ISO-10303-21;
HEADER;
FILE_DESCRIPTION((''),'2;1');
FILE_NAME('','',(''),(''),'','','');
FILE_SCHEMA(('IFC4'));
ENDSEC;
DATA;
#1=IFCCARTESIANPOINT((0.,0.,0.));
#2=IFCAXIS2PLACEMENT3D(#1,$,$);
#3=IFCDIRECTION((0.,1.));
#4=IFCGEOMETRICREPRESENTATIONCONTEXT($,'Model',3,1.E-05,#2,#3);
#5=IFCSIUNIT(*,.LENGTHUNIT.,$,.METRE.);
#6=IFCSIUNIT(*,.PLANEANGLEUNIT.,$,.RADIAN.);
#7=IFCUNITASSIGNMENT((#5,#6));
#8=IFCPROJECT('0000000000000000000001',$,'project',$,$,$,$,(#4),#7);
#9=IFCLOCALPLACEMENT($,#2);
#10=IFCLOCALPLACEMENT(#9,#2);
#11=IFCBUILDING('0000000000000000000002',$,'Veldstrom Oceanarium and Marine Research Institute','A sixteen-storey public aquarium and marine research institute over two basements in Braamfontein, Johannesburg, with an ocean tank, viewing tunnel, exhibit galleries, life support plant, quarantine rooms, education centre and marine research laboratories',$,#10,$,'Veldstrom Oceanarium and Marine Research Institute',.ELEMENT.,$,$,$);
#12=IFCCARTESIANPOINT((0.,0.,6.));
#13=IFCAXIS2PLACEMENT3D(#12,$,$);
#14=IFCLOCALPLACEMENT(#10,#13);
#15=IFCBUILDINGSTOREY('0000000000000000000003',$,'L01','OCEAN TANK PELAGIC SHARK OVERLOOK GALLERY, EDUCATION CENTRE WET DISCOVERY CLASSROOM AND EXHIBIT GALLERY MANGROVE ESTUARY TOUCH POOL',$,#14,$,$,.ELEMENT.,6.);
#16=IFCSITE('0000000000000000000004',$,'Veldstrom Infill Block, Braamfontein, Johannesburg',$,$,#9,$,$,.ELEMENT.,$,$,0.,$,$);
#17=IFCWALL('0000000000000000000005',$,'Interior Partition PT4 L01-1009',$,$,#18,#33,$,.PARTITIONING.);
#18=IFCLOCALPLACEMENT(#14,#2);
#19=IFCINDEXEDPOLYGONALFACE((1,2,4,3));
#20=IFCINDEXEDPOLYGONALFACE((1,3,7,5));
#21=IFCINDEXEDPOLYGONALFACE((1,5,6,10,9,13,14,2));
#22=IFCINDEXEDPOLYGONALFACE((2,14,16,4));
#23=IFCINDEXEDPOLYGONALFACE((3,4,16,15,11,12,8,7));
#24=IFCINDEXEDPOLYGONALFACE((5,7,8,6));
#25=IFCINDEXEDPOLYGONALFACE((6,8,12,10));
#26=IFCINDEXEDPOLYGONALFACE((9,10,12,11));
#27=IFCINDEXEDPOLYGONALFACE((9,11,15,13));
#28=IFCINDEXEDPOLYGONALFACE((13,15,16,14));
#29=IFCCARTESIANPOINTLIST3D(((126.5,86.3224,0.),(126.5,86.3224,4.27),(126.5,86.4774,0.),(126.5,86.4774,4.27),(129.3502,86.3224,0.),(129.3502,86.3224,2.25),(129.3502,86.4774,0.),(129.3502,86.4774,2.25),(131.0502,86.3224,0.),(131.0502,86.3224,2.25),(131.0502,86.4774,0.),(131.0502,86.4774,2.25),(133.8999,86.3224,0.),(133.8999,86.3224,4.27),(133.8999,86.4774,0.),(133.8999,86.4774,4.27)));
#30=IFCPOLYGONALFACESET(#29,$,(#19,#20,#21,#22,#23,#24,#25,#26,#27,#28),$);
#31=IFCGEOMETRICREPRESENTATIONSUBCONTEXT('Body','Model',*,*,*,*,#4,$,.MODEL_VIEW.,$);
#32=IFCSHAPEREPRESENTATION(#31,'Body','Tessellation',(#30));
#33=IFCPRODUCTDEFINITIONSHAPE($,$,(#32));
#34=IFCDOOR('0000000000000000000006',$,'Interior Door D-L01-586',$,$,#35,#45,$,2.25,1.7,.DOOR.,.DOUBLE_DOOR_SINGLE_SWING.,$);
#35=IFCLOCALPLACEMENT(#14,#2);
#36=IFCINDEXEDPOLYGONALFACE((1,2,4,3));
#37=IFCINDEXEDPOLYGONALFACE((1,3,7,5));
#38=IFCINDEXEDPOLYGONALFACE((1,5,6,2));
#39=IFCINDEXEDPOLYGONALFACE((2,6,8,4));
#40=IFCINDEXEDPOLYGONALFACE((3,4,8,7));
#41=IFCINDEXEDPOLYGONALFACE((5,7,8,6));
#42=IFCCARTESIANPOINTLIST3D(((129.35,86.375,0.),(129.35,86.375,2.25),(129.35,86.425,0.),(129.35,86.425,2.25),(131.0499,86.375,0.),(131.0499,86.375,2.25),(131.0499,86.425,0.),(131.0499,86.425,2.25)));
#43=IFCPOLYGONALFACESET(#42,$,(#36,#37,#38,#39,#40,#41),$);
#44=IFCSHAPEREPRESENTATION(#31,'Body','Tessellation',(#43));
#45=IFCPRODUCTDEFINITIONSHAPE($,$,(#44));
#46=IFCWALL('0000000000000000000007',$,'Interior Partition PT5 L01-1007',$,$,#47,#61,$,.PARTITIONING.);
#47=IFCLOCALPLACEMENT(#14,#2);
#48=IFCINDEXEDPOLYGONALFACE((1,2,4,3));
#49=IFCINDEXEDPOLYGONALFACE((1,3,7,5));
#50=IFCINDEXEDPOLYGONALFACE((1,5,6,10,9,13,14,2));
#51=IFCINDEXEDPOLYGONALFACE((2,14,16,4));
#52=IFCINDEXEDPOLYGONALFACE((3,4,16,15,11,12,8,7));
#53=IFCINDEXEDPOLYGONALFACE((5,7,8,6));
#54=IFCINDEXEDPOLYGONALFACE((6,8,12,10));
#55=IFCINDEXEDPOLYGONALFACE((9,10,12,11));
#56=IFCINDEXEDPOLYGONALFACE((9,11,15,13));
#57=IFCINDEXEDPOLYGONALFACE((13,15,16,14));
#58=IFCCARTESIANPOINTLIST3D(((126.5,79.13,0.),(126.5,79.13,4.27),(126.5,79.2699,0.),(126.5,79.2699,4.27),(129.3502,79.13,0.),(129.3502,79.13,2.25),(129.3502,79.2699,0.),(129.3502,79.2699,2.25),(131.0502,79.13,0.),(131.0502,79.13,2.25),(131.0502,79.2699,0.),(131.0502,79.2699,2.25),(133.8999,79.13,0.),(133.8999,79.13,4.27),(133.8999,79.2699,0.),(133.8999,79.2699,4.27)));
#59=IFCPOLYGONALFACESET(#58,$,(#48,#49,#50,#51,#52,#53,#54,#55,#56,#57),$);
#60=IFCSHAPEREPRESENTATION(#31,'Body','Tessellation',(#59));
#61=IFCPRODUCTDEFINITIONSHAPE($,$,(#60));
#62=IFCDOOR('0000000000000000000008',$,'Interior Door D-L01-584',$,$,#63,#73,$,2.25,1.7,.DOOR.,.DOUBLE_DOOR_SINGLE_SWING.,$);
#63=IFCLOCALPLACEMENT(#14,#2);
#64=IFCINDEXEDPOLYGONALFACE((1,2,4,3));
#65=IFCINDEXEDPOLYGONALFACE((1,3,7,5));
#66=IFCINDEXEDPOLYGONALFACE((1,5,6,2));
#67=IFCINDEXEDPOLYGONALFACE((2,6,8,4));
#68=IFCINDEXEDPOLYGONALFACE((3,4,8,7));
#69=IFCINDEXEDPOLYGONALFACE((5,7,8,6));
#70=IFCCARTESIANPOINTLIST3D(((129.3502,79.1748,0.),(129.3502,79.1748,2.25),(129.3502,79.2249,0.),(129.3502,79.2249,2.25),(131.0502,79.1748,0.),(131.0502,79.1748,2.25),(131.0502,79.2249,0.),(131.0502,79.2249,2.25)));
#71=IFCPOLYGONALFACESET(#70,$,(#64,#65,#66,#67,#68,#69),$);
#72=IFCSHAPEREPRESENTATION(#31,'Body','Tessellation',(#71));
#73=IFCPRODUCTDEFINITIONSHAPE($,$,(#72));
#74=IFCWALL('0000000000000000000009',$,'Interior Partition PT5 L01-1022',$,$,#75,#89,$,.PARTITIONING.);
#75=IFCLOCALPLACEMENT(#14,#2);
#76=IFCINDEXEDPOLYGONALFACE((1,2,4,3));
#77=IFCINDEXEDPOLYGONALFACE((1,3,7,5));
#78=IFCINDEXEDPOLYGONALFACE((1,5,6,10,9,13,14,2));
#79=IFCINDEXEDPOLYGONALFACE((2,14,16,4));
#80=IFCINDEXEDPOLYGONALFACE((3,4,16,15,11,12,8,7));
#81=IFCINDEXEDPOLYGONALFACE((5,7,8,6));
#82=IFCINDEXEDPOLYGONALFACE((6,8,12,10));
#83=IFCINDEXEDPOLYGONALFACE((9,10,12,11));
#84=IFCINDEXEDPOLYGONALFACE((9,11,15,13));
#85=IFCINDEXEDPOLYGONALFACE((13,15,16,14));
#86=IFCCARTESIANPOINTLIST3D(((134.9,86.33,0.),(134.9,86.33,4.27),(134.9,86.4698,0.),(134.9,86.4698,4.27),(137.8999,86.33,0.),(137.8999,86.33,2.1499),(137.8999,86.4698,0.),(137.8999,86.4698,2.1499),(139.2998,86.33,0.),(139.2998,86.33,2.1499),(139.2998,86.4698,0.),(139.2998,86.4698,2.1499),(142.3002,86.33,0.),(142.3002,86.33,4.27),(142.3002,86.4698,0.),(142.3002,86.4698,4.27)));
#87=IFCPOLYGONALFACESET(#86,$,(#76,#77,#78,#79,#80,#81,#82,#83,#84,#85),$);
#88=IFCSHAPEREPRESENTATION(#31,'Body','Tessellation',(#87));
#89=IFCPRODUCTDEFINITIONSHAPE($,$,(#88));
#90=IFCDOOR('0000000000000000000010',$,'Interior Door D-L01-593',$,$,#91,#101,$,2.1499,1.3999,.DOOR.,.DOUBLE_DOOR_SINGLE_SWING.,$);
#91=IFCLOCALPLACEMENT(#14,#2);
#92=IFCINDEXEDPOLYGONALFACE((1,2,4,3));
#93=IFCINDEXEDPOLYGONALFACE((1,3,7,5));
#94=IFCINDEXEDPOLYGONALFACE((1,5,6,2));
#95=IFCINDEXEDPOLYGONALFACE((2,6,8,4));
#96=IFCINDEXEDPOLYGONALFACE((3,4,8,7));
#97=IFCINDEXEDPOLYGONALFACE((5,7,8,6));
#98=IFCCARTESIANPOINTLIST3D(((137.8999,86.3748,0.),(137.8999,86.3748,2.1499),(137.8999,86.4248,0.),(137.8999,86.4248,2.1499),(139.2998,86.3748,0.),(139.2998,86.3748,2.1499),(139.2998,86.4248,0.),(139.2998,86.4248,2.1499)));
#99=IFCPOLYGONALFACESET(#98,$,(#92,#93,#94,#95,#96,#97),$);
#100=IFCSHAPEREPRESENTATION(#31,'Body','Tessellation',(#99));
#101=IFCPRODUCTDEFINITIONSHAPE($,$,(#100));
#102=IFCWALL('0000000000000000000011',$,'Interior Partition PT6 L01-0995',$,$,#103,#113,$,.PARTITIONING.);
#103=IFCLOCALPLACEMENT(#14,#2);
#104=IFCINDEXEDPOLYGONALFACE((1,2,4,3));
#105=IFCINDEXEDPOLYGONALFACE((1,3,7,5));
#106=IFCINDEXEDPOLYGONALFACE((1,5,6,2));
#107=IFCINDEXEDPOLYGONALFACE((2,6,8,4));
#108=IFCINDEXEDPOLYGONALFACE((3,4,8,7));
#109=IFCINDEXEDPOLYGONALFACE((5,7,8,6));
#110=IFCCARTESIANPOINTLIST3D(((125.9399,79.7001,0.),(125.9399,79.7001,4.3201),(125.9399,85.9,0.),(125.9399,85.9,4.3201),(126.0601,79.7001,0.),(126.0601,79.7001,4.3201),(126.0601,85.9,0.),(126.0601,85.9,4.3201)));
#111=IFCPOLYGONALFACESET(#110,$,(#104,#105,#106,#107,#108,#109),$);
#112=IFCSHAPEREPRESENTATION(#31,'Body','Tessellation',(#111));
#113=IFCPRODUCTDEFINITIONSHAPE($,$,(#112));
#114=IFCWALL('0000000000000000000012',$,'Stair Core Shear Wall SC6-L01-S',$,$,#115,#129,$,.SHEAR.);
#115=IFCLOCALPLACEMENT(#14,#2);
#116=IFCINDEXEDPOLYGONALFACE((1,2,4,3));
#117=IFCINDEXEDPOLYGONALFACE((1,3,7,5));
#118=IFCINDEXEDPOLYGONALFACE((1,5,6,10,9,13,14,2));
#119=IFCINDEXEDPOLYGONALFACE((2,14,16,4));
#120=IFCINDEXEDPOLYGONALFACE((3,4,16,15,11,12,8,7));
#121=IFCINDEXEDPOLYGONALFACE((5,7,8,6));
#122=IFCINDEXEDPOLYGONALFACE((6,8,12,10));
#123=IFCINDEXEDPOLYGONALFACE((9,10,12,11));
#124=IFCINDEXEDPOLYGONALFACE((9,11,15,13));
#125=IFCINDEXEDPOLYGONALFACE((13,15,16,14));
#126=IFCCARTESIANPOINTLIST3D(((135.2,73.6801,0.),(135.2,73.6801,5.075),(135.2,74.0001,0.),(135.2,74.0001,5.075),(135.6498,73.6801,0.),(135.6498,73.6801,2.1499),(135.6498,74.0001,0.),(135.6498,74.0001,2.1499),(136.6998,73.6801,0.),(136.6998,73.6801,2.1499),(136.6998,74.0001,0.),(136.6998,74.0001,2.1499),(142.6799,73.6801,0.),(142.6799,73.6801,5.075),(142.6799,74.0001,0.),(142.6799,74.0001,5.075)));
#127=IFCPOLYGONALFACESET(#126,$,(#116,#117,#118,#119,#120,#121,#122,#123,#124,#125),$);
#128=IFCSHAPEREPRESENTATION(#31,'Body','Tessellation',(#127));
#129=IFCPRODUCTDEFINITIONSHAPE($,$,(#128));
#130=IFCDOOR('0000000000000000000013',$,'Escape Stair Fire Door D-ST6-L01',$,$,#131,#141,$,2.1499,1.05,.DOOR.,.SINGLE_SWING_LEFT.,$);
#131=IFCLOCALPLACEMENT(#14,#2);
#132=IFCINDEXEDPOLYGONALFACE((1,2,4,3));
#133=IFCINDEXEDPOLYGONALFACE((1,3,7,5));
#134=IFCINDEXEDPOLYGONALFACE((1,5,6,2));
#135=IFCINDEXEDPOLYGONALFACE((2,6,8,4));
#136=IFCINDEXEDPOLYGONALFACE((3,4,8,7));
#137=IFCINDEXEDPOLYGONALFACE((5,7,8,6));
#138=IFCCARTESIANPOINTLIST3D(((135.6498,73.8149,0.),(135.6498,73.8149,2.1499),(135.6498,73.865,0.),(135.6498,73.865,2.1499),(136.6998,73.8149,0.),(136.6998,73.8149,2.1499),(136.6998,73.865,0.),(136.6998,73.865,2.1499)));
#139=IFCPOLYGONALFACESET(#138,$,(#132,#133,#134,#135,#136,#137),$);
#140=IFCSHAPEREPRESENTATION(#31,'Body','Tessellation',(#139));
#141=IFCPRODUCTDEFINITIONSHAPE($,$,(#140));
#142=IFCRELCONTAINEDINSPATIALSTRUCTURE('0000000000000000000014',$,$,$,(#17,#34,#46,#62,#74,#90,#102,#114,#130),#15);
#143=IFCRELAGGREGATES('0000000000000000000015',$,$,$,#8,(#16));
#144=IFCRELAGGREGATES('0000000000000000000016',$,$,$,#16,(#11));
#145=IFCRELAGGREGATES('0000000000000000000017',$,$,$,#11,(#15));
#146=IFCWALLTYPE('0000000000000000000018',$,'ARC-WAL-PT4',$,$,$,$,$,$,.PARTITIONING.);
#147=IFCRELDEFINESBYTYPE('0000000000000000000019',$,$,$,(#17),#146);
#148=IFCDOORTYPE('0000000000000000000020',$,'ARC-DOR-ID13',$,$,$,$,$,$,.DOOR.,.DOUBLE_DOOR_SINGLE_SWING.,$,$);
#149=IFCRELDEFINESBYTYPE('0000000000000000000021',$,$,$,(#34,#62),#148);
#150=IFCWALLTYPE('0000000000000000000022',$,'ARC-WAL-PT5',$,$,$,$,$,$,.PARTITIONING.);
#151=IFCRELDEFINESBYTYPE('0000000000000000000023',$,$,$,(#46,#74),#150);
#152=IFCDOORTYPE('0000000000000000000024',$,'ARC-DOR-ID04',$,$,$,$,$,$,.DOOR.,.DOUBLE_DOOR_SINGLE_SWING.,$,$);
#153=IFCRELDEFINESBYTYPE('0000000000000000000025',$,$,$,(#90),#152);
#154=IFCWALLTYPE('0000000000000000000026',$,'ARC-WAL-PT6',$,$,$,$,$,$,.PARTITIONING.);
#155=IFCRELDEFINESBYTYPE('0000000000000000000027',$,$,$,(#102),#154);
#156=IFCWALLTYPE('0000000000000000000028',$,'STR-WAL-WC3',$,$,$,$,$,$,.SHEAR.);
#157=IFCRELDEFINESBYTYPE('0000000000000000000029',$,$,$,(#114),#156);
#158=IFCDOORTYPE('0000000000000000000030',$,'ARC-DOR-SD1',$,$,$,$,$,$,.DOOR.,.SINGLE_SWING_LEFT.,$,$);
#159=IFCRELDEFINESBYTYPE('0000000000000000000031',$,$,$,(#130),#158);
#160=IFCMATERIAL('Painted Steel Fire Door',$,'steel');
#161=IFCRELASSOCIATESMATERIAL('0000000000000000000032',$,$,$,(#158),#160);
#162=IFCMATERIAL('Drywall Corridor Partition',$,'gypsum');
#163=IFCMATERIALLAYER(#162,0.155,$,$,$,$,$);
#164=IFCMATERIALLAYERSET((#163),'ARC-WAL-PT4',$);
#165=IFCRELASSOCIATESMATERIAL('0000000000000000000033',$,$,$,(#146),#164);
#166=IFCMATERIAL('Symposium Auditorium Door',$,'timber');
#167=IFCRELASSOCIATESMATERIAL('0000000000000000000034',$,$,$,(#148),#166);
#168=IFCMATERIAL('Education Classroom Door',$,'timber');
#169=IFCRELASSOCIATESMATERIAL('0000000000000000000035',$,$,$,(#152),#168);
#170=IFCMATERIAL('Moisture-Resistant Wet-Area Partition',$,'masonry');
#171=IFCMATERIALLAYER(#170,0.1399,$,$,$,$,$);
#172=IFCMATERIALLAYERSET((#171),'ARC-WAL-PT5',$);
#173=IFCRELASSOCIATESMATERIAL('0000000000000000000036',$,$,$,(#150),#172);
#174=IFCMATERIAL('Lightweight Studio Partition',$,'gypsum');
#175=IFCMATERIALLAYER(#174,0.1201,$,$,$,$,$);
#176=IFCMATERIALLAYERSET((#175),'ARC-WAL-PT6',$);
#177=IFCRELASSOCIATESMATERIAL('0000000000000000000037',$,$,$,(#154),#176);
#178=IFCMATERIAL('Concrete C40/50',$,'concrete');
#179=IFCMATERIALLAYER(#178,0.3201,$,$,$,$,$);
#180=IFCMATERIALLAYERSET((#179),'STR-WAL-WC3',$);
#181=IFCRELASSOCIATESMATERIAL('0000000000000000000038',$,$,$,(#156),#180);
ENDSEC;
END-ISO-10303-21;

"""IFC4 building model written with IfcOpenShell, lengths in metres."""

from ifc_helpers import new_model, si_unit, direction, frame, frame_2d, origin, place, context, subcontext, project, spatial, rectangle, extrude, material, layer, layer_set, type_object, element, fill, save


model = new_model("IFC4")

# Units and contexts
model_context = context("Model", 3, precision=1e-05, world=origin(), true_north=direction((0.0, 1.0)))
body_context = subcontext(model_context, "Body", "Model", "MODEL_VIEW")
ifc_project = project(units=[si_unit("LENGTHUNIT", "METRE"), si_unit("PLANEANGLEUNIT", "RADIAN")], contexts=[model_context])

# Site, building, storey
site_placement = place(None, origin())
site = spatial("IfcSite", under=ifc_project, at=site_placement, Name="Veldstrom Infill Block, Braamfontein, Johannesburg", CompositionType="ELEMENT", RefElevation=0.0)
building_placement = place(site_placement, origin())
building = spatial("IfcBuilding", under=site, at=building_placement, Name="Veldstrom Oceanarium and Marine Research Institute", Description="A sixteen-storey public aquarium and marine research institute over two basements in Braamfontein, Johannesburg, with an ocean tank, viewing tunnel, exhibit galleries, life support plant, quarantine rooms, education centre and marine research laboratories", LongName="Veldstrom Oceanarium and Marine Research Institute", CompositionType="ELEMENT")
storey_placement = place(building_placement, frame((0.0, 0.0, 6.0)))
storey = spatial("IfcBuildingStorey", under=building, at=storey_placement, Name="L01", Description="OCEAN TANK PELAGIC SHARK OVERLOOK GALLERY, EDUCATION CENTRE WET DISCOVERY CLASSROOM AND EXHIBIT GALLERY MANGROVE ESTUARY TOUCH POOL", CompositionType="ELEMENT", Elevation=6.0)

# Shared definitions
ifc_material_1 = material(Name="Painted Steel Fire Door", Category="steel")
door_type_1 = type_object("IfcDoorType", Name="ARC-DOR-SD1", OperationType="SINGLE_SWING_LEFT", PredefinedType="DOOR", material=ifc_material_1)

# Walls, openings, doors
ifc_material_2 = material(Name="Drywall Corridor Partition", Category="gypsum")
ifc_layer_1 = layer(ifc_material_2, 0.155)
ifc_layer_set_1 = layer_set([ifc_layer_1], Name="ARC-WAL-PT4")
wall_type_1 = type_object("IfcWallType", Name="ARC-WAL-PT4", PredefinedType="PARTITIONING", material=ifc_layer_set_1)
ifc_material_3 = material(Name="Symposium Auditorium Door", Category="timber")
door_type_2 = type_object("IfcDoorType", Name="ARC-DOR-ID13", OperationType="DOUBLE_DOOR_SINGLE_SWING", PredefinedType="DOOR", material=ifc_material_3)
ifc_material_4 = material(Name="Education Classroom Door", Category="timber")
door_type_3 = type_object("IfcDoorType", Name="ARC-DOR-ID04", OperationType="DOUBLE_DOOR_SINGLE_SWING", PredefinedType="DOOR", material=ifc_material_4)
wall_1_placement = place(storey_placement, frame((126.5, 86.3999, 0.0), z_axis=(0.0, 0.0, 1.0), x_axis=(1.0, 0.0, 0.0)))
wall_1 = element("IfcWall", 1, at=wall_1_placement, inside=storey, type_object=wall_type_1, Name="Interior Partition PT4 L01-1009", PredefinedType="PARTITIONING", context=body_context, shape_type="SweptSolid", body=[
    extrude(rectangle(XDim=7.3999, YDim=0.155, at=frame_2d((3.7, 0.0))), origin(), (0.0, 0.0, 1.0), 4.27),
])
opening_1_placement = place(wall_1_placement, frame((2.8501, 0.0, 0.0)))
opening_1 = element("IfcOpeningElement", 2, at=opening_1_placement, cuts=wall_1, PredefinedType="OPENING", context=body_context, shape_type="SweptSolid", body=[
    extrude(rectangle(XDim=1.7, YDim=2.25, at=frame_2d((0.8501, 1.125))), frame((0.0, 0.0874, 0.0), z_axis=(0.0, -1.0, 0.0), x_axis=(1.0, 0.0, 0.0)), (0.0, 0.0, 1.0), 0.175),
])
door_1_placement = place(opening_1_placement, frame((1.7, 0.0, 0.0), z_axis=(0.0, 0.0, 1.0), x_axis=(-1.0, 0.0, 0.0)))
door_1 = element("IfcDoor", 3, at=door_1_placement, inside=storey, type_object=door_type_2, Name="Interior Door D-L01-586", OperationType="DOUBLE_DOOR_SINGLE_SWING", OverallHeight=2.25, OverallWidth=1.7, PredefinedType="DOOR", context=body_context, shape_type="SweptSolid", body=[
    extrude(rectangle(XDim=1.7, YDim=2.25, at=frame_2d((0.8501, 1.125))), frame((0.0, 0.0249, 0.0), z_axis=(0.0, -1.0, 0.0), x_axis=(1.0, 0.0, 0.0)), (0.0, 0.0, 1.0), 0.05),
])
fill(opening_1, door_1)
ifc_material_5 = material(Name="Moisture-Resistant Wet-Area Partition", Category="masonry")
ifc_layer_2 = layer(ifc_material_5, 0.1399)
ifc_layer_set_2 = layer_set([ifc_layer_2], Name="ARC-WAL-PT5")
wall_type_2 = type_object("IfcWallType", Name="ARC-WAL-PT5", PredefinedType="PARTITIONING", material=ifc_layer_set_2)
wall_2_placement = place(storey_placement, frame((126.5, 79.2, 0.0), z_axis=(0.0, 0.0, 1.0), x_axis=(1.0, 0.0, 0.0)))
wall_2 = element("IfcWall", 4, at=wall_2_placement, inside=storey, type_object=wall_type_2, Name="Interior Partition PT5 L01-1007", PredefinedType="PARTITIONING", context=body_context, shape_type="SweptSolid", body=[
    extrude(rectangle(XDim=7.3999, YDim=0.1399, at=frame_2d((3.7, 0.0))), origin(), (0.0, 0.0, 1.0), 4.27),
])
opening_2_placement = place(wall_2_placement, frame((2.8501, 0.0, 0.0)))
opening_2 = element("IfcOpeningElement", 5, at=opening_2_placement, cuts=wall_2, PredefinedType="OPENING", context=body_context, shape_type="SweptSolid", body=[
    extrude(rectangle(XDim=1.7, YDim=2.25, at=frame_2d((0.8501, 1.125))), frame((0.0, 0.0798, 0.0), z_axis=(0.0, -1.0, 0.0), x_axis=(1.0, 0.0, 0.0)), (0.0, 0.0, 1.0), 0.1599),
])
door_2_placement = place(opening_2_placement, origin())
door_2 = element("IfcDoor", 6, at=door_2_placement, inside=storey, type_object=door_type_2, Name="Interior Door D-L01-584", OperationType="DOUBLE_DOOR_SINGLE_SWING", OverallHeight=2.25, OverallWidth=1.7, PredefinedType="DOOR", context=body_context, shape_type="SweptSolid", body=[
    extrude(rectangle(XDim=1.7, YDim=2.25, at=frame_2d((0.8501, 1.125))), frame((0.0, 0.0249, 0.0), z_axis=(0.0, -1.0, 0.0), x_axis=(1.0, 0.0, 0.0)), (0.0, 0.0, 1.0), 0.05),
])
fill(opening_2, door_2)
wall_3_placement = place(storey_placement, frame((134.8999, 86.3999, 0.0), z_axis=(0.0, 0.0, 1.0), x_axis=(1.0, 0.0, 0.0)))
wall_3 = element("IfcWall", 7, at=wall_3_placement, inside=storey, type_object=wall_type_2, Name="Interior Partition PT5 L01-1022", PredefinedType="PARTITIONING", context=body_context, shape_type="SweptSolid", body=[
    extrude(rectangle(XDim=7.4001, YDim=0.1399, at=frame_2d((3.7002, 0.0))), origin(), (0.0, 0.0, 1.0), 4.27),
])
opening_3_placement = place(wall_3_placement, frame((3.0, 0.0, 0.0)))
opening_3 = element("IfcOpeningElement", 8, at=opening_3_placement, cuts=wall_3, PredefinedType="OPENING", context=body_context, shape_type="SweptSolid", body=[
    extrude(rectangle(XDim=1.3999, YDim=2.1499, at=frame_2d((0.7, 1.075))), frame((0.0, 0.0798, 0.0), z_axis=(0.0, -1.0, 0.0), x_axis=(1.0, 0.0, 0.0)), (0.0, 0.0, 1.0), 0.1599),
])
door_3_placement = place(opening_3_placement, origin())
door_3 = element("IfcDoor", 9, at=door_3_placement, inside=storey, type_object=door_type_3, Name="Interior Door D-L01-593", OperationType="DOUBLE_DOOR_SINGLE_SWING", OverallHeight=2.1499, OverallWidth=1.3999, PredefinedType="DOOR", context=body_context, shape_type="SweptSolid", body=[
    extrude(rectangle(XDim=1.3999, YDim=2.1499, at=frame_2d((0.7, 1.075))), frame((0.0, 0.0249, 0.0), z_axis=(0.0, -1.0, 0.0), x_axis=(1.0, 0.0, 0.0)), (0.0, 0.0, 1.0), 0.05),
])
fill(opening_3, door_3)

# Wall
ifc_material_6 = material(Name="Lightweight Studio Partition", Category="gypsum")
ifc_layer_3 = layer(ifc_material_6, 0.1201)
ifc_layer_set_3 = layer_set([ifc_layer_3], Name="ARC-WAL-PT6")
wall_type_3 = type_object("IfcWallType", Name="ARC-WAL-PT6", PredefinedType="PARTITIONING", material=ifc_layer_set_3)
wall_4_placement = place(storey_placement, frame((126.0, 79.7, 0.0), z_axis=(0.0, 0.0, 1.0), x_axis=(0.0, 1.0, 0.0)))
element("IfcWall", 10, at=wall_4_placement, inside=storey, type_object=wall_type_3, Name="Interior Partition PT6 L01-0995", PredefinedType="PARTITIONING", context=body_context, shape_type="SweptSolid", body=[
    extrude(rectangle(XDim=6.2, YDim=0.1201, at=frame_2d((3.1001, 0.0))), origin(), (0.0, 0.0, 1.0), 4.3201),
])

# Wall, opening, door
ifc_material_7 = material(Name="Concrete C40/50", Category="concrete")
ifc_layer_4 = layer(ifc_material_7, 0.3201)
ifc_layer_set_4 = layer_set([ifc_layer_4], Name="STR-WAL-WC3")
wall_type_4 = type_object("IfcWallType", Name="STR-WAL-WC3", PredefinedType="SHEAR", material=ifc_layer_set_4)
wall_5_placement = place(storey_placement, frame((135.2, 73.8401, 0.0), z_axis=(0.0, 0.0, 1.0), x_axis=(1.0, 0.0, 0.0)))
wall_5 = element("IfcWall", 11, at=wall_5_placement, inside=storey, type_object=wall_type_4, Name="Stair Core Shear Wall SC6-L01-S", PredefinedType="SHEAR", context=body_context, shape_type="SweptSolid", body=[
    extrude(rectangle(XDim=7.48, YDim=0.3201, at=frame_2d((3.74, 0.0))), origin(), (0.0, 0.0, 1.0), 5.075),
])
opening_4_placement = place(wall_5_placement, frame((0.45, 0.0, 0.0)))
opening_4 = element("IfcOpeningElement", 12, at=opening_4_placement, cuts=wall_5, PredefinedType="OPENING", context=body_context, shape_type="SweptSolid", body=[
    extrude(rectangle(XDim=1.05, YDim=2.1499, at=frame_2d((0.5249, 1.075))), frame((0.0, 0.1699, 0.0), z_axis=(0.0, -1.0, 0.0), x_axis=(1.0, 0.0, 0.0)), (0.0, 0.0, 1.0), 0.3401),
])
door_4_placement = place(opening_4_placement, origin())
door_4 = element("IfcDoor", 13, at=door_4_placement, inside=storey, type_object=door_type_1, Name="Escape Stair Fire Door D-ST6-L01", OperationType="SINGLE_SWING_LEFT", OverallHeight=2.1499, OverallWidth=1.05, PredefinedType="DOOR", context=body_context, shape_type="SweptSolid", body=[
    extrude(rectangle(XDim=1.05, YDim=2.1499, at=frame_2d((0.5249, 1.075))), frame((0.0, 0.0249, 0.0), z_axis=(0.0, -1.0, 0.0), x_axis=(1.0, 0.0, 0.0)), (0.0, 0.0, 1.0), 0.05),
])
fill(opening_4, door_4)

save(model, "model.ifc")
